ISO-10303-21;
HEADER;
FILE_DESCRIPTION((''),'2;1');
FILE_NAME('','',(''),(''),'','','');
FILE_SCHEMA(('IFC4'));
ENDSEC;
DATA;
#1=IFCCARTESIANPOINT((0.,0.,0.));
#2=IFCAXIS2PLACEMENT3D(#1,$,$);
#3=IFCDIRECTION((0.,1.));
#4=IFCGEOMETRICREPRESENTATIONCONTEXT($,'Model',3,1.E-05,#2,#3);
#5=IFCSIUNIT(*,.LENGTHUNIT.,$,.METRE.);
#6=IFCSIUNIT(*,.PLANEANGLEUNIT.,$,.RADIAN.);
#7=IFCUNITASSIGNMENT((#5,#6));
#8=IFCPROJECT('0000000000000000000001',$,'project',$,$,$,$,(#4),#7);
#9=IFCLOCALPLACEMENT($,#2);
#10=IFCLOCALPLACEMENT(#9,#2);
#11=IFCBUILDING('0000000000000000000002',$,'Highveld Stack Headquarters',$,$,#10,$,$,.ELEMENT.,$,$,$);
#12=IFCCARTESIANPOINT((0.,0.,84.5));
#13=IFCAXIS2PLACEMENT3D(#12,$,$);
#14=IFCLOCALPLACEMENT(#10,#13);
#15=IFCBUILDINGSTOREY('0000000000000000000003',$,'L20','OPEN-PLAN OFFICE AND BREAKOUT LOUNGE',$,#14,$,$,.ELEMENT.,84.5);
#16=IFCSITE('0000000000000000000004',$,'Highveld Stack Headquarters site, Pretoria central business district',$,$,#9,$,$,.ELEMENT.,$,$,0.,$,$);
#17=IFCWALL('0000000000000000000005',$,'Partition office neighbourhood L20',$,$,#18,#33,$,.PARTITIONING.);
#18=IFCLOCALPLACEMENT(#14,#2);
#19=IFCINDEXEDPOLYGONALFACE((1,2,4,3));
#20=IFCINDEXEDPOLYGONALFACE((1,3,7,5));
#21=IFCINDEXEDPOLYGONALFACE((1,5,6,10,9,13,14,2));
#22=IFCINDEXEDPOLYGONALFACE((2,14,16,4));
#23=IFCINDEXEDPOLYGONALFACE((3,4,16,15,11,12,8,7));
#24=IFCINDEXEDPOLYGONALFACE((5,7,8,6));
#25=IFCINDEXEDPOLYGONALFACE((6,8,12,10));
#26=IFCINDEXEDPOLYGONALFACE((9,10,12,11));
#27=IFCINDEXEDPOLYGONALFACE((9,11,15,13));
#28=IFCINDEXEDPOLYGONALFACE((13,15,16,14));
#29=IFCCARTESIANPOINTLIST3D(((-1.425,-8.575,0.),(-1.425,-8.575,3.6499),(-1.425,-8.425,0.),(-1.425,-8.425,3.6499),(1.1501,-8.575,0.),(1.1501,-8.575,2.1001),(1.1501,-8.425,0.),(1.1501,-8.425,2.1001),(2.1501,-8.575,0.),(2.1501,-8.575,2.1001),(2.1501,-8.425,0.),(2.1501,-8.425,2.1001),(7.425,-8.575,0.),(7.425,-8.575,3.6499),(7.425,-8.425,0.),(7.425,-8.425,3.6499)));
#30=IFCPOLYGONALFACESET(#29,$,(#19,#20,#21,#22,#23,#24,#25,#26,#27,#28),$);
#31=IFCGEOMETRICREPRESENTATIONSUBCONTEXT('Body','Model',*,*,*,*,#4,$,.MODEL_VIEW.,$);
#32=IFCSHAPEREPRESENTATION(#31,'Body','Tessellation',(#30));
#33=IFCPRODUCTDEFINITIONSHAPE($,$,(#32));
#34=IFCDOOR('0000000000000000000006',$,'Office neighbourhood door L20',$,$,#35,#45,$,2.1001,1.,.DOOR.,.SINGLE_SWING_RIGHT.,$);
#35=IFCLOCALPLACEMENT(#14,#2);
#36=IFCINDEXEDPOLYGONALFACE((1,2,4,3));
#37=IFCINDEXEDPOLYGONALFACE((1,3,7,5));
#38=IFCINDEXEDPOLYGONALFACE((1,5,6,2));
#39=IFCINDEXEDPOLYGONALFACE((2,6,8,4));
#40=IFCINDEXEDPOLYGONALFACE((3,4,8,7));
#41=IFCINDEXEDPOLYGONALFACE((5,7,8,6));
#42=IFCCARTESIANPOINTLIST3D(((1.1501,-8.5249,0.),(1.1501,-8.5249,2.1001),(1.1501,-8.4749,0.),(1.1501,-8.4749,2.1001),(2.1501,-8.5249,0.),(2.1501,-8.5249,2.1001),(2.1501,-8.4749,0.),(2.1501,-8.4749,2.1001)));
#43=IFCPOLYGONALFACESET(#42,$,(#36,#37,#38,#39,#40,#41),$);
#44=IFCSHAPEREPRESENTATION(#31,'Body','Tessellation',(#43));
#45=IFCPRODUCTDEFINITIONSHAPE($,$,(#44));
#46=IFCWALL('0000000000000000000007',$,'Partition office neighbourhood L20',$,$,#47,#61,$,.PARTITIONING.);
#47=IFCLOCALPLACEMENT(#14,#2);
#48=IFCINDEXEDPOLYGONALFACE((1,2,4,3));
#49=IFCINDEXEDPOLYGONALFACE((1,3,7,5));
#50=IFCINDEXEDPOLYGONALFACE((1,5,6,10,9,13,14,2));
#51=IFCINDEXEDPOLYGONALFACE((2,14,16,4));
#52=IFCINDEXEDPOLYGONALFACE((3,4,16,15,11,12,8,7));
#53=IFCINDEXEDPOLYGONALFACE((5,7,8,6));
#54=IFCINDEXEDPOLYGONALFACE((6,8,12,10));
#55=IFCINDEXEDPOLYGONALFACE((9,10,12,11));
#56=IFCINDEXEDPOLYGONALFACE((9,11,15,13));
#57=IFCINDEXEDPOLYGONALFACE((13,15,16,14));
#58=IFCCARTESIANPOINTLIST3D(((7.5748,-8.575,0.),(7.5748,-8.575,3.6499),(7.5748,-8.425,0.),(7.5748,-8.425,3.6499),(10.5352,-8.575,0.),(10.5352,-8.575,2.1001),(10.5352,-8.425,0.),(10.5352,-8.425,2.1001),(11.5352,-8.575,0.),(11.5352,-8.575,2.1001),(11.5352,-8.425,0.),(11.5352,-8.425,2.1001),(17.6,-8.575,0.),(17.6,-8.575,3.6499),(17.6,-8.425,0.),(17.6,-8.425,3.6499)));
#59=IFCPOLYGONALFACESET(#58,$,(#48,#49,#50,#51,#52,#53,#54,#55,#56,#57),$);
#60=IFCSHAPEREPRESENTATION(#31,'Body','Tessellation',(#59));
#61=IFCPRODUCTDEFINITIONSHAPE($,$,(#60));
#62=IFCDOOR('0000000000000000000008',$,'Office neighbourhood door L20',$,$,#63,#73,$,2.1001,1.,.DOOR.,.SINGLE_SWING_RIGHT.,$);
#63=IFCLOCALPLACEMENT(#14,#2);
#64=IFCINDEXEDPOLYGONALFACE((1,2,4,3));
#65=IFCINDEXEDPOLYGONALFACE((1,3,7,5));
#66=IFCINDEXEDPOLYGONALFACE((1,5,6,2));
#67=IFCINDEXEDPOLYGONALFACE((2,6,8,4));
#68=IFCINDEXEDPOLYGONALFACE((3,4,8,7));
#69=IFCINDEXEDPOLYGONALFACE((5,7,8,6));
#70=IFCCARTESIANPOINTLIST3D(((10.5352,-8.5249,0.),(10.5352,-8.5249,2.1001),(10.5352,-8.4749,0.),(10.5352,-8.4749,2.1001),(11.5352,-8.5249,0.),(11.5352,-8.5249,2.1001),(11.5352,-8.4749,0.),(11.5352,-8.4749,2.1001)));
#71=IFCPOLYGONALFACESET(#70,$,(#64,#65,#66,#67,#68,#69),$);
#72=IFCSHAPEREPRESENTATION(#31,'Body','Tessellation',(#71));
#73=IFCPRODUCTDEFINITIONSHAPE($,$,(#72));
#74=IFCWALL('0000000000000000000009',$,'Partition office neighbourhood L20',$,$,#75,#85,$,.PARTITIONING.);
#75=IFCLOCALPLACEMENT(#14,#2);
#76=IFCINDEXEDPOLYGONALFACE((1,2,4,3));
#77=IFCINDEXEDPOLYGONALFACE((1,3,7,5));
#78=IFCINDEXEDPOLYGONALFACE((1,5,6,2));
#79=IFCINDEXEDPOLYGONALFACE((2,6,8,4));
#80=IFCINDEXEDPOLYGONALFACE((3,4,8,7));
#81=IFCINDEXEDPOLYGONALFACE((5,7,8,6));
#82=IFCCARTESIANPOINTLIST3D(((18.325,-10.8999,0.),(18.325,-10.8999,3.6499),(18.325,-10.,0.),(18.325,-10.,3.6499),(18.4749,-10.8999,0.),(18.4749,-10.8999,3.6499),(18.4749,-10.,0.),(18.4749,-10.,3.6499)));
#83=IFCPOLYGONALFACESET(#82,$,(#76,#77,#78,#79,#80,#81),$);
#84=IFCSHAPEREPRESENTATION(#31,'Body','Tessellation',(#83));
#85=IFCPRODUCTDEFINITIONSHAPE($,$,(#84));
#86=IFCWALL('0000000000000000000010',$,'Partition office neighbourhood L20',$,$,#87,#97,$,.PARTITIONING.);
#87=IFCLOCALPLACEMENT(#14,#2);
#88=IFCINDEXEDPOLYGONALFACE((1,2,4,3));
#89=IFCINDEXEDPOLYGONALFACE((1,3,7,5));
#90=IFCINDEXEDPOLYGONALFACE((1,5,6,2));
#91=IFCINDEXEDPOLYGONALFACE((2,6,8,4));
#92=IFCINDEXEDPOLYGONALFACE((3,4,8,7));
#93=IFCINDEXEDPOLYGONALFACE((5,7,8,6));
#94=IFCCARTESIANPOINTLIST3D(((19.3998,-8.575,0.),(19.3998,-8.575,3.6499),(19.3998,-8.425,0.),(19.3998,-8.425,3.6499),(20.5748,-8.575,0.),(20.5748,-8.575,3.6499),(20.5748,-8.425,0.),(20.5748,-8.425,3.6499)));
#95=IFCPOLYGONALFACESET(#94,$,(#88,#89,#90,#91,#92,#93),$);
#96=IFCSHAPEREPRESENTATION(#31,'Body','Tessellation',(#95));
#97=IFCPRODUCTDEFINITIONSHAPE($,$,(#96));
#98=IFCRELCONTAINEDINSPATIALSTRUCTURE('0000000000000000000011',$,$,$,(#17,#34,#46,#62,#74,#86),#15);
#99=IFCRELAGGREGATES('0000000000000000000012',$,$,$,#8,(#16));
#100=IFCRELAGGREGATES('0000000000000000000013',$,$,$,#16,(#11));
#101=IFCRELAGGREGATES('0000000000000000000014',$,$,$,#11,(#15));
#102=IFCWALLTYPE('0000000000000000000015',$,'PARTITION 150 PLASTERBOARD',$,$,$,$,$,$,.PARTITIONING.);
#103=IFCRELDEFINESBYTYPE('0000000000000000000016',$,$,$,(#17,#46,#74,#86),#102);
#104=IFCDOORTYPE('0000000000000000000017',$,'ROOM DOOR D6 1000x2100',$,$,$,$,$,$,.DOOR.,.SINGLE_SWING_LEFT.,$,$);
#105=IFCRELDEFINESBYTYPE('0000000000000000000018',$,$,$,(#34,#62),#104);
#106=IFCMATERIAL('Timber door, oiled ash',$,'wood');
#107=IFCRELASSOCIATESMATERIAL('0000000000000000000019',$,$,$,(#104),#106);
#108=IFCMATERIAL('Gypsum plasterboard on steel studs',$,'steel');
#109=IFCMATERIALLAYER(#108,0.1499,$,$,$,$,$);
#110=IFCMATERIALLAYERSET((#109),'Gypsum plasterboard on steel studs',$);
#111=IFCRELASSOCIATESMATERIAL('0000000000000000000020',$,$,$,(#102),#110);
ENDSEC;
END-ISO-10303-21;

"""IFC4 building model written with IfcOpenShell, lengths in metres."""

from ifc_helpers import new_model, si_unit, direction, frame, frame_2d, origin, place, context, subcontext, project, spatial, rectangle, extrude, material, layer, layer_set, type_object, element, fill, save


model = new_model("IFC4")

# Units and contexts
model_context = context("Model", 3, precision=1e-05, world=origin(), true_north=direction((0.0, 1.0)))
body_context = subcontext(model_context, "Body", "Model", "MODEL_VIEW")
ifc_project = project(units=[si_unit("LENGTHUNIT", "METRE"), si_unit("PLANEANGLEUNIT", "RADIAN")], contexts=[model_context])

# Site, building, storey
site_placement = place(None, origin())
site = spatial("IfcSite", under=ifc_project, at=site_placement, Name="Highveld Stack Headquarters site, Pretoria central business district", CompositionType="ELEMENT", RefElevation=0.0)
building_placement = place(site_placement, origin())
building = spatial("IfcBuilding", under=site, at=building_placement, Name="Highveld Stack Headquarters", CompositionType="ELEMENT")
storey_placement = place(building_placement, frame((0.0, 0.0, 84.5)))
storey = spatial("IfcBuildingStorey", under=building, at=storey_placement, Name="L20", Description="OPEN-PLAN OFFICE AND BREAKOUT LOUNGE", CompositionType="ELEMENT", Elevation=84.5)

# Shared definitions
ifc_material_1 = material(Name="Timber door, oiled ash", Category="wood")
door_type = type_object("IfcDoorType", Name="ROOM DOOR D6 1000x2100", OperationType="SINGLE_SWING_LEFT", PredefinedType="DOOR", material=ifc_material_1)

# Shared definitions
ifc_material_2 = material(Name="Gypsum plasterboard on steel studs", Category="steel")
ifc_layer_1 = layer(ifc_material_2, 0.1499)
ifc_layer_set_1 = layer_set([ifc_layer_1], Name="Gypsum plasterboard on steel studs")
wall_type_1 = type_object("IfcWallType", Name="PARTITION 150 PLASTERBOARD", PredefinedType="PARTITIONING", material=ifc_layer_set_1)

# Walls, openings, doors
wall_1_placement = place(storey_placement, frame((7.425, -8.5, 0.0), z_axis=(0.0, 0.0, 1.0), x_axis=(-1.0, 0.0, 0.0)))
wall_1 = element("IfcWall", 1, at=wall_1_placement, inside=storey, type_object=wall_type_1, Name="Partition office neighbourhood L20", PredefinedType="PARTITIONING", context=body_context, shape_type="SweptSolid", body=[
    extrude(rectangle(XDim=8.8501, YDim=0.1499, at=frame_2d((4.425, 0.0))), origin(), (0.0, 0.0, 1.0), 3.6499),
])
opening_1_placement = place(wall_1_placement, frame((5.2749, 0.0, 0.0)))
opening_1 = element("IfcOpeningElement", 2, at=opening_1_placement, cuts=wall_1, PredefinedType="OPENING", context=body_context, shape_type="SweptSolid", body=[
    extrude(rectangle(XDim=1.0, YDim=2.1001, at=frame_2d((0.5, 1.05))), frame((0.0, 0.085, 0.0), z_axis=(0.0, -1.0, 0.0), x_axis=(1.0, 0.0, 0.0)), (0.0, 0.0, 1.0), 0.1699),
])
door_1_placement = place(opening_1_placement, origin())
door_1 = element("IfcDoor", 3, at=door_1_placement, inside=storey, type_object=door_type, Name="Office neighbourhood door L20", OperationType="SINGLE_SWING_RIGHT", OverallHeight=2.1001, OverallWidth=1.0, PredefinedType="DOOR", context=body_context, shape_type="SweptSolid", body=[
    extrude(rectangle(XDim=1.0, YDim=2.1001, at=frame_2d((0.5, 1.05))), frame((0.0, 0.0249, 0.0), z_axis=(0.0, -1.0, 0.0), x_axis=(1.0, 0.0, 0.0)), (0.0, 0.0, 1.0), 0.05),
])
fill(opening_1, door_1)
wall_2_placement = place(storey_placement, frame((17.6001, -8.5, 0.0), z_axis=(0.0, 0.0, 1.0), x_axis=(-1.0, 0.0, 0.0)))
wall_2 = element("IfcWall", 4, at=wall_2_placement, inside=storey, type_object=wall_type_1, Name="Partition office neighbourhood L20", PredefinedType="PARTITIONING", context=body_context, shape_type="SweptSolid", body=[
    extrude(rectangle(XDim=10.0251, YDim=0.1499, at=frame_2d((5.0127, 0.0))), origin(), (0.0, 0.0, 1.0), 3.6499),
])
opening_2_placement = place(wall_2_placement, frame((6.0649, 0.0, 0.0)))
opening_2 = element("IfcOpeningElement", 5, at=opening_2_placement, cuts=wall_2, PredefinedType="OPENING", context=body_context, shape_type="SweptSolid", body=[
    extrude(rectangle(XDim=1.0, YDim=2.1001, at=frame_2d((0.5, 1.05))), frame((0.0, 0.085, 0.0), z_axis=(0.0, -1.0, 0.0), x_axis=(1.0, 0.0, 0.0)), (0.0, 0.0, 1.0), 0.1699),
])
door_2_placement = place(opening_2_placement, origin())
door_2 = element("IfcDoor", 6, at=door_2_placement, inside=storey, type_object=door_type, Name="Office neighbourhood door L20", OperationType="SINGLE_SWING_RIGHT", OverallHeight=2.1001, OverallWidth=1.0, PredefinedType="DOOR", context=body_context, shape_type="SweptSolid", body=[
    extrude(rectangle(XDim=1.0, YDim=2.1001, at=frame_2d((0.5, 1.05))), frame((0.0, 0.0249, 0.0), z_axis=(0.0, -1.0, 0.0), x_axis=(1.0, 0.0, 0.0)), (0.0, 0.0, 1.0), 0.05),
])
fill(opening_2, door_2)

# Walls
wall_3_placement = place(storey_placement, frame((18.3999, -10.8999, 0.0), z_axis=(0.0, 0.0, 1.0), x_axis=(0.0, 1.0, 0.0)))
element("IfcWall", 7, at=wall_3_placement, inside=storey, type_object=wall_type_1, Name="Partition office neighbourhood L20", PredefinedType="PARTITIONING", context=body_context, shape_type="SweptSolid", body=[
    extrude(rectangle(XDim=0.8999, YDim=0.1499, at=frame_2d((0.45, 0.0))), origin(), (0.0, 0.0, 1.0), 3.6499),
])
wall_4_placement = place(storey_placement, frame((19.3999, -8.5, 0.0), z_axis=(0.0, 0.0, 1.0), x_axis=(1.0, 0.0, 0.0)))
element("IfcWall", 8, at=wall_4_placement, inside=storey, type_object=wall_type_1, Name="Partition office neighbourhood L20", PredefinedType="PARTITIONING", context=body_context, shape_type="SweptSolid", body=[
    extrude(rectangle(XDim=1.175, YDim=0.1499, at=frame_2d((0.5874, 0.0))), origin(), (0.0, 0.0, 1.0), 3.6499),
])

save(model, "model.ifc")
